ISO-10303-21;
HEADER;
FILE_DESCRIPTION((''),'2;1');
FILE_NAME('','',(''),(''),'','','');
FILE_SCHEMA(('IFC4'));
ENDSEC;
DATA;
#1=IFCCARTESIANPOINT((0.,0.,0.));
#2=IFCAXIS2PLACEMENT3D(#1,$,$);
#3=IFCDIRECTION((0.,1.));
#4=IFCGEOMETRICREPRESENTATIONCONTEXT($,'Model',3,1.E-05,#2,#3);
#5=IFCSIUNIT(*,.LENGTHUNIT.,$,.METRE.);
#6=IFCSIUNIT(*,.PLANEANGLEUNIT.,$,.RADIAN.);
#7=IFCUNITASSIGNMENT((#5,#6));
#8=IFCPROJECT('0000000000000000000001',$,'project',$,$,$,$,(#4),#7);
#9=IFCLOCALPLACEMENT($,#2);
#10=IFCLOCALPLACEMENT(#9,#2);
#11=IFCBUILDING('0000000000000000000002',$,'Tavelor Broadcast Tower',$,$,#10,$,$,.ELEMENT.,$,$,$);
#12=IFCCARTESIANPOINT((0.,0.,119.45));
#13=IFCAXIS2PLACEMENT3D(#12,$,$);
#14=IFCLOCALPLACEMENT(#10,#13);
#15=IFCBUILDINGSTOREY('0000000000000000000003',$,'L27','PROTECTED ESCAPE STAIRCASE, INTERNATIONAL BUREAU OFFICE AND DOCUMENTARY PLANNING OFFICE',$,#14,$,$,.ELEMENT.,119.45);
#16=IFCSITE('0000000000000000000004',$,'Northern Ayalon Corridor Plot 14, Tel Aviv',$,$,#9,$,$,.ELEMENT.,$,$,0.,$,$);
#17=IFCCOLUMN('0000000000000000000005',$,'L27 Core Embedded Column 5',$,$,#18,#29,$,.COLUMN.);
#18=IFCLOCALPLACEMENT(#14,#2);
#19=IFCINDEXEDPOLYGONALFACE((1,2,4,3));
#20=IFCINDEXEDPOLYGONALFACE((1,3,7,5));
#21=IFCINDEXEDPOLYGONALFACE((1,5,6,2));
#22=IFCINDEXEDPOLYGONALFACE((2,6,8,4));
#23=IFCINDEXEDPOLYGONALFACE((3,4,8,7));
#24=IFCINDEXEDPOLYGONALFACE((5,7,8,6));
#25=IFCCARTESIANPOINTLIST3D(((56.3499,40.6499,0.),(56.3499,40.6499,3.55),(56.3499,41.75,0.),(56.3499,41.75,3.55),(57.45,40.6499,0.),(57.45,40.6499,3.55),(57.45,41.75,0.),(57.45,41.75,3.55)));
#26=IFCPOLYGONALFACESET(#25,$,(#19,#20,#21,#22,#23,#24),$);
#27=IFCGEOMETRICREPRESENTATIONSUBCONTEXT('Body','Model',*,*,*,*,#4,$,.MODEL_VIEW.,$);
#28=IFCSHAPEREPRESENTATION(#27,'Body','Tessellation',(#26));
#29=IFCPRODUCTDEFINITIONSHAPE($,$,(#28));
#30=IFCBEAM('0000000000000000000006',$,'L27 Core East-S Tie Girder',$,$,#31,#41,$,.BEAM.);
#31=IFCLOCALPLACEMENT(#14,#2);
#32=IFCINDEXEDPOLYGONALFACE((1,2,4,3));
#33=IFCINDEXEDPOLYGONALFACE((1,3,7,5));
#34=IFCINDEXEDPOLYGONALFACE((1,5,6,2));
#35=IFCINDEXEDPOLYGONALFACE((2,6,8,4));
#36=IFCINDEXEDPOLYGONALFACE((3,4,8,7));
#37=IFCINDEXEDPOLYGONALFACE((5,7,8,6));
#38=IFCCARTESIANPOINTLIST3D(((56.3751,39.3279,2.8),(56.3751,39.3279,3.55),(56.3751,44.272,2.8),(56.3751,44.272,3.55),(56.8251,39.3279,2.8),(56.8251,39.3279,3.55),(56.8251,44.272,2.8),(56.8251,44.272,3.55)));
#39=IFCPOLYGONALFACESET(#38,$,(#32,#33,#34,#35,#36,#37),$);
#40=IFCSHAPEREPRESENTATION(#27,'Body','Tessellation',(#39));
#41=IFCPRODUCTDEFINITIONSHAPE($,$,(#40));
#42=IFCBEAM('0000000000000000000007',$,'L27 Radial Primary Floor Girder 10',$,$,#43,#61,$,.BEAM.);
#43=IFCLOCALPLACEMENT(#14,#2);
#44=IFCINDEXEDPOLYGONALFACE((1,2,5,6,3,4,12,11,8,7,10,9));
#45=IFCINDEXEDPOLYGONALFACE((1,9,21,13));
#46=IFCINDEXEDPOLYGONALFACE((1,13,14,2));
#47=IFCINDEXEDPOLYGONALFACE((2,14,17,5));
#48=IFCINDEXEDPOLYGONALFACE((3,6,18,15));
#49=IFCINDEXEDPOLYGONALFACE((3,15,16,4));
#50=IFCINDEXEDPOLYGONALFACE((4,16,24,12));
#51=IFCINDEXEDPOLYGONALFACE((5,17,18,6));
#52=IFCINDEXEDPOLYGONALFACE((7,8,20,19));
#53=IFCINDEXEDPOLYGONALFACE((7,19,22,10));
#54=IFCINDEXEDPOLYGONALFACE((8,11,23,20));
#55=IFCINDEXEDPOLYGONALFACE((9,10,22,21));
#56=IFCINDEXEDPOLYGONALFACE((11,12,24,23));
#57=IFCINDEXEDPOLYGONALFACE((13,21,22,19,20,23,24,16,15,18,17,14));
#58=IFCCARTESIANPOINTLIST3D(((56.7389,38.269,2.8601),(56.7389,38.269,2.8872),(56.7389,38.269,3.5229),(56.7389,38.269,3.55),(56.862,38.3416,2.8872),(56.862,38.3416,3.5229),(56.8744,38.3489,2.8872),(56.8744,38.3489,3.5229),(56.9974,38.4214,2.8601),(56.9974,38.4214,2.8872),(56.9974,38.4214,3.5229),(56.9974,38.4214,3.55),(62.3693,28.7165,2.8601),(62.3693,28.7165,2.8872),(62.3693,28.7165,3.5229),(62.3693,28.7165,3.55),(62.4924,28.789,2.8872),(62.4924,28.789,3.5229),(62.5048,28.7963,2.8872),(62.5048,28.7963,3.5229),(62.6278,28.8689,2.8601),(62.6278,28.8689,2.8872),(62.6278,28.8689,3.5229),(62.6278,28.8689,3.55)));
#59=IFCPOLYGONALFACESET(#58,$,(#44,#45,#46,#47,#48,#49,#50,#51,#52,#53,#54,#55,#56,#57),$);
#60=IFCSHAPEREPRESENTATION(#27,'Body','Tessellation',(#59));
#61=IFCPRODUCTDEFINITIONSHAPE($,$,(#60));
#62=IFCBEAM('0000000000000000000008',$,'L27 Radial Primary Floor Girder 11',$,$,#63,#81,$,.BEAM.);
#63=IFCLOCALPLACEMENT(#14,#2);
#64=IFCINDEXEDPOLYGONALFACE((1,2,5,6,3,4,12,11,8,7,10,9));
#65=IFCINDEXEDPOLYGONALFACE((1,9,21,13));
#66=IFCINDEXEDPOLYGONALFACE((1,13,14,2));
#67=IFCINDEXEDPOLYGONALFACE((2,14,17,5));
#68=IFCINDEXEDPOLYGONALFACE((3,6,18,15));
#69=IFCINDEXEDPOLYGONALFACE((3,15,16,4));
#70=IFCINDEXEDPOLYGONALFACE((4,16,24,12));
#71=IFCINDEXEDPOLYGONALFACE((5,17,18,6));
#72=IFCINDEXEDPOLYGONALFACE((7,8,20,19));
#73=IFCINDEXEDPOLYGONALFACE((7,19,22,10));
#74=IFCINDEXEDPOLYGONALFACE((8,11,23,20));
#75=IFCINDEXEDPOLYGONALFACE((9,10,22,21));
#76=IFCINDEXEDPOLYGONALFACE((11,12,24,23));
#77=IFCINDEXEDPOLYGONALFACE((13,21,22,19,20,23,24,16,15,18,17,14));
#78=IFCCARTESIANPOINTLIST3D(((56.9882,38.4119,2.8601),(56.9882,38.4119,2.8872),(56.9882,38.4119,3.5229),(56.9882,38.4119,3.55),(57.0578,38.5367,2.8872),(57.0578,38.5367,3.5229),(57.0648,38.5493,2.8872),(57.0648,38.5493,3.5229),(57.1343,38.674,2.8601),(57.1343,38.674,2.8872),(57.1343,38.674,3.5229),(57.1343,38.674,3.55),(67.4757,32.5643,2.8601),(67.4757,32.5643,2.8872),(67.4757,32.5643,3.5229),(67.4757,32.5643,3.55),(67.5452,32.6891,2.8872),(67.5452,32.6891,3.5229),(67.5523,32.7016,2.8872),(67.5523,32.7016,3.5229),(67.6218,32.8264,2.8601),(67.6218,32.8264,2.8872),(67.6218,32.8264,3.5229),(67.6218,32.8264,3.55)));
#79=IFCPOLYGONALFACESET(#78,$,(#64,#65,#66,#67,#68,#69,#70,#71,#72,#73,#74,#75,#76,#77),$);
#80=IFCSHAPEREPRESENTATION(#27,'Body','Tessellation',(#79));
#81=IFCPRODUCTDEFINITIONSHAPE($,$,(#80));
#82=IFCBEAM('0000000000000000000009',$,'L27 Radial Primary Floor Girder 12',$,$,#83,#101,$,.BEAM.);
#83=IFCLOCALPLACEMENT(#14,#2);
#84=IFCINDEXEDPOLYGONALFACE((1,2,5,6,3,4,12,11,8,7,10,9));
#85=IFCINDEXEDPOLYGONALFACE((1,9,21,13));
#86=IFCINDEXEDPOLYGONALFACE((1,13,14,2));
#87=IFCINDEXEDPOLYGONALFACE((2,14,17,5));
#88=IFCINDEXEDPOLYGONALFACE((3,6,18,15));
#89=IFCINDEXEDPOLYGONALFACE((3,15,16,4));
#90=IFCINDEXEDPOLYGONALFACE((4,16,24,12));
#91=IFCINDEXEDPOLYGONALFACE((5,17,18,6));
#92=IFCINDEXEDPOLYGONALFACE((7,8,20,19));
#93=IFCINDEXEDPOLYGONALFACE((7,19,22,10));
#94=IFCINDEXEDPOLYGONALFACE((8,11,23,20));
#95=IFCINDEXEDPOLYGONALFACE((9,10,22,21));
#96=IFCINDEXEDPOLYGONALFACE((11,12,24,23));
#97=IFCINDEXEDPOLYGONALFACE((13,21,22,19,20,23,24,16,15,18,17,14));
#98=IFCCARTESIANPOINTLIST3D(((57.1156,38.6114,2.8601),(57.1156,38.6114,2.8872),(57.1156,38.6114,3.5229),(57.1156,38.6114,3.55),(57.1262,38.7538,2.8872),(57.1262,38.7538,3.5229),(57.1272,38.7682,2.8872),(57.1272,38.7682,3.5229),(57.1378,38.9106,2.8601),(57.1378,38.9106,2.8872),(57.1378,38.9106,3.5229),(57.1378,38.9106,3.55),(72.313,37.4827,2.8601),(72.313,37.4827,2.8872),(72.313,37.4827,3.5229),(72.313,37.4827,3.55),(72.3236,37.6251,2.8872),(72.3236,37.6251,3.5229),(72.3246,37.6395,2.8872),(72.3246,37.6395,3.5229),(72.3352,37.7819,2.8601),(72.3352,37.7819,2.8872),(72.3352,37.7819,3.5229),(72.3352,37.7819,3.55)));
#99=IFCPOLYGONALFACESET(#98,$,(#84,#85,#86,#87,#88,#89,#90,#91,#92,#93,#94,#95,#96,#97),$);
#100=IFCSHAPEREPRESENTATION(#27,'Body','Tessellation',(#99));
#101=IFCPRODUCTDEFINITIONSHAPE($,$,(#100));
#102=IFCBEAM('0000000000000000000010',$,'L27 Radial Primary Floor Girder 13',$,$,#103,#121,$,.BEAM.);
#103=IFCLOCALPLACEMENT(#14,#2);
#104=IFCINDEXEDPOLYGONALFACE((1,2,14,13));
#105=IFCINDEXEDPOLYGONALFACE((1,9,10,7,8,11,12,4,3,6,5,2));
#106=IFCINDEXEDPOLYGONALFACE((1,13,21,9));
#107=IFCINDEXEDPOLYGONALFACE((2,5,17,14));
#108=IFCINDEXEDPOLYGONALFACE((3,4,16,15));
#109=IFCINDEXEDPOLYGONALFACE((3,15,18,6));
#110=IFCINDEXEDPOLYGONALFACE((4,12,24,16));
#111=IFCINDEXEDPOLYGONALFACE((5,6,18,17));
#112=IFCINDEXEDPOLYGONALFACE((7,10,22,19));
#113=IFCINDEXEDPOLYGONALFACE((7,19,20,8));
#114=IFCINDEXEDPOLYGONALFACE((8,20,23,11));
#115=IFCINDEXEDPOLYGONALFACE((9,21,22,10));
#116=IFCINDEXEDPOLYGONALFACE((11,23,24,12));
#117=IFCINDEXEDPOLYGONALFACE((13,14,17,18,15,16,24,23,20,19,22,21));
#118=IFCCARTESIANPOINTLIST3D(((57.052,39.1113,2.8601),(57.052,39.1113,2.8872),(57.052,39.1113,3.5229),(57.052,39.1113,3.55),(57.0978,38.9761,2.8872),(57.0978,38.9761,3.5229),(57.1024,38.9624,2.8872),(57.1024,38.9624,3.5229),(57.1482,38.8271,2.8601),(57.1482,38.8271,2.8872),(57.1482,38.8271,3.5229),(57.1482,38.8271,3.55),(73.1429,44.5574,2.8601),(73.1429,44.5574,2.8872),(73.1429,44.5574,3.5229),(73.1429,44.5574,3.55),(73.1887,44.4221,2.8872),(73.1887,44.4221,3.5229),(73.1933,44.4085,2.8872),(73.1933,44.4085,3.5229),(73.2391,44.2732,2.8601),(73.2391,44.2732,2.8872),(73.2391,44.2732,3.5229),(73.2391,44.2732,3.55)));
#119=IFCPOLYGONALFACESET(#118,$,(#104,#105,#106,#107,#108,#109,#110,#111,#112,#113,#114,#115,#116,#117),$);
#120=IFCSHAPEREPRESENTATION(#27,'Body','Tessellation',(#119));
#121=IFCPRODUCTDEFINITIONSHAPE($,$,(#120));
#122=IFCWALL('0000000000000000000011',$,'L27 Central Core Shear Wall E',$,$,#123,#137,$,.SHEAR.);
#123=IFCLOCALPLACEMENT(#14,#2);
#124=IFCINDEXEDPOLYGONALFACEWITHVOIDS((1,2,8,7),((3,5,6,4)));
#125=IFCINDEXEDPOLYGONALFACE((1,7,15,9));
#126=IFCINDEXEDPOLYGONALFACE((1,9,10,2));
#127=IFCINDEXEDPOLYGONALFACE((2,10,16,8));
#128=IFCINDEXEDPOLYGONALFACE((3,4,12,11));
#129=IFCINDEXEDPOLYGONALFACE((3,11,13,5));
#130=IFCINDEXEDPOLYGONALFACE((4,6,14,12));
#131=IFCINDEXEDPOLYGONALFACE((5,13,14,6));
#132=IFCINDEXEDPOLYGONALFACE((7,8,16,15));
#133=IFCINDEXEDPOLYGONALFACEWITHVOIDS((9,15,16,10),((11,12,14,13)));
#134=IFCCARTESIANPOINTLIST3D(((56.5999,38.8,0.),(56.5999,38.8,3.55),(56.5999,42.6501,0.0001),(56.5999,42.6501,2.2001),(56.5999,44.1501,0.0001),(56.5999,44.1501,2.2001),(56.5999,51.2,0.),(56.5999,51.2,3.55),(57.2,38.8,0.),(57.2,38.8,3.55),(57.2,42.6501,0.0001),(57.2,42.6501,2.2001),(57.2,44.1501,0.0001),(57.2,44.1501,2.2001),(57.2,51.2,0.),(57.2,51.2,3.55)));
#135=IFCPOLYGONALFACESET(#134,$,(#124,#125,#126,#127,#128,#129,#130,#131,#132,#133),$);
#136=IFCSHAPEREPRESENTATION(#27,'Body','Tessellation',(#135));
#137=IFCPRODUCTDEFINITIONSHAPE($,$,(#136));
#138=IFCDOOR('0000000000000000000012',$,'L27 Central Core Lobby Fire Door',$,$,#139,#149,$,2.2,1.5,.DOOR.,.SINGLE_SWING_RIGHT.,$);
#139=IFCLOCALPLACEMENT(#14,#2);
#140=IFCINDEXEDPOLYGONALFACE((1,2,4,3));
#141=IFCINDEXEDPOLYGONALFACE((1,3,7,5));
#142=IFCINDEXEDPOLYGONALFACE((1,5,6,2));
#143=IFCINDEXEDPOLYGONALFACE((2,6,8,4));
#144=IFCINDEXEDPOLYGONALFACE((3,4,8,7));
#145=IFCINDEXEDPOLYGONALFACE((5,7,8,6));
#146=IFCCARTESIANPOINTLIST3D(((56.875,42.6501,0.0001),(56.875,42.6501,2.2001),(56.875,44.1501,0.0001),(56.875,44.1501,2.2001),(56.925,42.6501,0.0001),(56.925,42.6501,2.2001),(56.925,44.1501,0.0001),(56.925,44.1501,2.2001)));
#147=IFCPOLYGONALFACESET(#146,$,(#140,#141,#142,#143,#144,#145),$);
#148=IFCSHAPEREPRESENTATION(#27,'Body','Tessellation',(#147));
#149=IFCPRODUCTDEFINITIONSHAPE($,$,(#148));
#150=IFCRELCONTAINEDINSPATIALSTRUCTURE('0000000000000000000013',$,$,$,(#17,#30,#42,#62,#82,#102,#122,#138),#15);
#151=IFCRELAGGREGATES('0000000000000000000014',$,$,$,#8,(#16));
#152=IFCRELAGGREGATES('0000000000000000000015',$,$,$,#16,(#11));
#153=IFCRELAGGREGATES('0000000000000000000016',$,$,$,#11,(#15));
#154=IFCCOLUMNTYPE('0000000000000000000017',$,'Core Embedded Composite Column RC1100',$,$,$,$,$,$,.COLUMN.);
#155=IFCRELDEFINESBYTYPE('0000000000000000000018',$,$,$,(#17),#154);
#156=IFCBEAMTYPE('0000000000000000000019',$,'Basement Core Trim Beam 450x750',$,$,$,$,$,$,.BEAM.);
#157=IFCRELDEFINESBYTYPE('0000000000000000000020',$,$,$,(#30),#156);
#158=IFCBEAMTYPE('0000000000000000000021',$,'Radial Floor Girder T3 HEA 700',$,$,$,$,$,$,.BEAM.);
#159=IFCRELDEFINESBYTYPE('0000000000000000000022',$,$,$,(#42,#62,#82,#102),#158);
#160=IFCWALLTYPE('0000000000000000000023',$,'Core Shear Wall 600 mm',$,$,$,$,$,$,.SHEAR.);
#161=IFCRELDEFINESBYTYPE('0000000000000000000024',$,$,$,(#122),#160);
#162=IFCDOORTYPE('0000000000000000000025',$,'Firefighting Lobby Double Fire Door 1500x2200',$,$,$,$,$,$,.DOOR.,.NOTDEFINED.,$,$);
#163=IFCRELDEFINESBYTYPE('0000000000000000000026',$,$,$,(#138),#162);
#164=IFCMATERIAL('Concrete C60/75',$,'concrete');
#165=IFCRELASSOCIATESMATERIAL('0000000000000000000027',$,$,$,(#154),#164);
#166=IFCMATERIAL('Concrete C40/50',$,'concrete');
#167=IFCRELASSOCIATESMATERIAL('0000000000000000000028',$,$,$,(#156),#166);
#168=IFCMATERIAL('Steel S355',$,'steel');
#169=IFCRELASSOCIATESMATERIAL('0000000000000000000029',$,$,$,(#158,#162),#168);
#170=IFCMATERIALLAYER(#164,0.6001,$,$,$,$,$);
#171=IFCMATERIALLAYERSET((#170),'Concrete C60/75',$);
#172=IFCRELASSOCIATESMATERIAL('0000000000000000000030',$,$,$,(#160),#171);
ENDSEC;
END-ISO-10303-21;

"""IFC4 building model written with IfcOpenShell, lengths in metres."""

from ifc_helpers import new_model, si_unit, direction, frame, frame_2d, origin, origin_2d, place, context, subcontext, project, spatial, rectangle, i_section, extrude, material, layer, layer_set, material_profile, profile_set, type_object, element, fill, save


model = new_model("IFC4")

# Units and contexts
model_context = context("Model", 3, precision=1e-05, world=origin(), true_north=direction((0.0, 1.0)))
body_context = subcontext(model_context, "Body", "Model", "MODEL_VIEW")
ifc_project = project(units=[si_unit("LENGTHUNIT", "METRE"), si_unit("PLANEANGLEUNIT", "RADIAN")], contexts=[model_context])

# Site, building, storey
site_placement = place(None, origin())
site = spatial("IfcSite", under=ifc_project, at=site_placement, Name="Northern Ayalon Corridor Plot 14, Tel Aviv", CompositionType="ELEMENT", RefElevation=0.0)
building_placement = place(site_placement, origin())
building = spatial("IfcBuilding", under=site, at=building_placement, Name="Tavelor Broadcast Tower", CompositionType="ELEMENT")
storey_placement = place(building_placement, frame((0.0, 0.0, 119.45)))
storey = spatial("IfcBuildingStorey", under=building, at=storey_placement, Name="L27", Description="PROTECTED ESCAPE STAIRCASE, INTERNATIONAL BUREAU OFFICE AND DOCUMENTARY PLANNING OFFICE", CompositionType="ELEMENT", Elevation=119.45)

# Column
ifc_material_1 = material(Name="Concrete C60/75", Category="concrete")
ifc_material_profile_1 = material_profile(ifc_material_1, rectangle(XDim=1.1001, YDim=1.1001, at=origin_2d()), Name="RC 1100x1100")
ifc_profile_set_1 = profile_set([ifc_material_profile_1], Name="Concrete C60/75")
column_type = type_object("IfcColumnType", Name="Core Embedded Composite Column RC1100", PredefinedType="COLUMN", material=ifc_profile_set_1)
column_placement = place(storey_placement, frame((56.8999, 41.2, 0.0), z_axis=(0.0, 0.0, 1.0), x_axis=(1.0, 0.0, 0.0)))
element("IfcColumn", 1, at=column_placement, inside=storey, type_object=column_type, Name="L27 Core Embedded Column 5", PredefinedType="COLUMN", context=body_context, shape_type="SweptSolid", body=[
    extrude(rectangle(XDim=1.1001, YDim=1.1001, at=origin_2d()), origin(), (0.0, 0.0, 1.0), 3.55),
])

# Beams
ifc_material_2 = material(Name="Concrete C40/50", Category="concrete")
ifc_material_profile_2 = material_profile(ifc_material_2, rectangle(XDim=0.45, YDim=0.75, at=origin_2d()), Name="RC 450x750")
ifc_profile_set_2 = profile_set([ifc_material_profile_2], Name="Concrete C40/50")
beam_type_1 = type_object("IfcBeamType", Name="Basement Core Trim Beam 450x750", PredefinedType="BEAM", material=ifc_profile_set_2)
beam_1_placement = place(storey_placement, frame((56.6001, 39.3279, 3.175), z_axis=(0.0, 1.0, 0.0), x_axis=(-1.0, 0.0, 0.0)))
element("IfcBeam", 2, at=beam_1_placement, inside=storey, type_object=beam_type_1, Name="L27 Core East-S Tie Girder", PredefinedType="BEAM", context=body_context, shape_type="SweptSolid", body=[
    extrude(rectangle(XDim=0.45, YDim=0.75, at=origin_2d()), origin(), (0.0, 0.0, 1.0), 4.9441),
])
ifc_material_3 = material(Name="Steel S355", Category="steel")
ifc_material_profile_3 = material_profile(ifc_material_3, i_section(OverallWidth=0.3, OverallDepth=0.6899, WebThickness=0.0144, FlangeThickness=0.0271, at=origin_2d()), Name="HEA 700")
ifc_profile_set_3 = profile_set([ifc_material_profile_3], Name="Steel S355")
beam_type_2 = type_object("IfcBeamType", Name="Radial Floor Girder T3 HEA 700", PredefinedType="BEAM", material=ifc_profile_set_3)
beam_2_placement = place(storey_placement, frame((56.8682, 38.3452, 3.2051), z_axis=(0.507774, -0.86149, 0.0), x_axis=(0.86149, 0.507774, 0.0)))
element("IfcBeam", 3, at=beam_2_placement, inside=storey, type_object=beam_type_2, Name="L27 Radial Primary Floor Girder 10", PredefinedType="BEAM", context=body_context, shape_type="SweptSolid", body=[
    extrude(i_section(OverallWidth=0.3, OverallDepth=0.6899, WebThickness=0.0144, FlangeThickness=0.0271, at=origin_2d()), origin(), (0.0, 0.0, 1.0), 11.0884),
])
beam_3_placement = place(storey_placement, frame((57.0613, 38.543, 3.2051), z_axis=(0.873405, -0.486994, 0.0), x_axis=(0.486994, 0.873405, 0.0)))
element("IfcBeam", 4, at=beam_3_placement, inside=storey, type_object=beam_type_2, Name="L27 Radial Primary Floor Girder 11", PredefinedType="BEAM", context=body_context, shape_type="SweptSolid", body=[
    extrude(i_section(OverallWidth=0.3, OverallDepth=0.6899, WebThickness=0.0144, FlangeThickness=0.0271, at=origin_2d()), origin(), (0.0, 0.0, 1.0), 12.0076),
])
beam_4_placement = place(storey_placement, frame((57.1267, 38.761, 3.2051), z_axis=(0.997254, -0.074062, 0.0), x_axis=(0.074062, 0.997254, 0.0)))
element("IfcBeam", 5, at=beam_4_placement, inside=storey, type_object=beam_type_2, Name="L27 Radial Primary Floor Girder 12", PredefinedType="BEAM", context=body_context, shape_type="SweptSolid", body=[
    extrude(i_section(OverallWidth=0.3, OverallDepth=0.6899, WebThickness=0.0144, FlangeThickness=0.0271, at=origin_2d()), origin(), (0.0, 0.0, 1.0), 15.2393),
])
beam_5_placement = place(storey_placement, frame((57.1001, 38.9692, 3.2051), z_axis=(0.947217, 0.320592, 0.0), x_axis=(-0.320592, 0.947217, 0.0)))
element("IfcBeam", 6, at=beam_5_placement, inside=storey, type_object=beam_type_2, Name="L27 Radial Primary Floor Girder 13", PredefinedType="BEAM", context=body_context, shape_type="SweptSolid", body=[
    extrude(i_section(OverallWidth=0.3, OverallDepth=0.6899, WebThickness=0.0144, FlangeThickness=0.0271, at=origin_2d()), origin(), (0.0, 0.0, 1.0), 16.9875),
])

# Wall, opening, door
ifc_layer_1 = layer(ifc_material_1, 0.6001)
ifc_layer_set_1 = layer_set([ifc_layer_1], Name="Concrete C60/75")
wall_type_1 = type_object("IfcWallType", Name="Core Shear Wall 600 mm", PredefinedType="SHEAR", material=ifc_layer_set_1)
wall_1_placement = place(storey_placement, frame((56.8999, 38.8, 0.0), z_axis=(0.0, 0.0, 1.0), x_axis=(0.0, 1.0, 0.0)))
wall_1 = element("IfcWall", 7, at=wall_1_placement, inside=storey, type_object=wall_type_1, Name="L27 Central Core Shear Wall E", PredefinedType="SHEAR", context=body_context, shape_type="SweptSolid", body=[
    extrude(rectangle(XDim=12.3999, YDim=0.6001, at=frame_2d((6.2, 0.0))), origin(), (0.0, 0.0, 1.0), 3.55),
])
opening_1_placement = place(wall_1_placement, frame((3.8501, 0.0, 0.0)))
opening_1 = element("IfcOpeningElement", 8, at=opening_1_placement, cuts=wall_1, PredefinedType="OPENING", context=body_context, shape_type="SweptSolid", body=[
    extrude(rectangle(XDim=1.5, YDim=2.2, at=frame_2d((0.75, 1.1001))), frame((0.0, 0.3101, 0.0), z_axis=(0.0, -1.0, 0.0), x_axis=(1.0, 0.0, 0.0)), (0.0, 0.0, 1.0), 0.6201),
])
door_type_1 = type_object("IfcDoorType", Name="Firefighting Lobby Double Fire Door 1500x2200", OperationType="NOTDEFINED", PredefinedType="DOOR", material=ifc_material_3)
door_1_placement = place(opening_1_placement, origin())
door_1 = element("IfcDoor", 9, at=door_1_placement, inside=storey, type_object=door_type_1, Name="L27 Central Core Lobby Fire Door", OperationType="SINGLE_SWING_RIGHT", OverallHeight=2.2, OverallWidth=1.5, PredefinedType="DOOR", context=body_context, shape_type="SweptSolid", body=[
    extrude(rectangle(XDim=1.5, YDim=2.2, at=frame_2d((0.75, 1.1001))), frame((0.0, 0.0249, 0.0), z_axis=(0.0, -1.0, 0.0), x_axis=(1.0, 0.0, 0.0)), (0.0, 0.0, 1.0), 0.05),
])
fill(opening_1, door_1)

save(model, "model.ifc")
